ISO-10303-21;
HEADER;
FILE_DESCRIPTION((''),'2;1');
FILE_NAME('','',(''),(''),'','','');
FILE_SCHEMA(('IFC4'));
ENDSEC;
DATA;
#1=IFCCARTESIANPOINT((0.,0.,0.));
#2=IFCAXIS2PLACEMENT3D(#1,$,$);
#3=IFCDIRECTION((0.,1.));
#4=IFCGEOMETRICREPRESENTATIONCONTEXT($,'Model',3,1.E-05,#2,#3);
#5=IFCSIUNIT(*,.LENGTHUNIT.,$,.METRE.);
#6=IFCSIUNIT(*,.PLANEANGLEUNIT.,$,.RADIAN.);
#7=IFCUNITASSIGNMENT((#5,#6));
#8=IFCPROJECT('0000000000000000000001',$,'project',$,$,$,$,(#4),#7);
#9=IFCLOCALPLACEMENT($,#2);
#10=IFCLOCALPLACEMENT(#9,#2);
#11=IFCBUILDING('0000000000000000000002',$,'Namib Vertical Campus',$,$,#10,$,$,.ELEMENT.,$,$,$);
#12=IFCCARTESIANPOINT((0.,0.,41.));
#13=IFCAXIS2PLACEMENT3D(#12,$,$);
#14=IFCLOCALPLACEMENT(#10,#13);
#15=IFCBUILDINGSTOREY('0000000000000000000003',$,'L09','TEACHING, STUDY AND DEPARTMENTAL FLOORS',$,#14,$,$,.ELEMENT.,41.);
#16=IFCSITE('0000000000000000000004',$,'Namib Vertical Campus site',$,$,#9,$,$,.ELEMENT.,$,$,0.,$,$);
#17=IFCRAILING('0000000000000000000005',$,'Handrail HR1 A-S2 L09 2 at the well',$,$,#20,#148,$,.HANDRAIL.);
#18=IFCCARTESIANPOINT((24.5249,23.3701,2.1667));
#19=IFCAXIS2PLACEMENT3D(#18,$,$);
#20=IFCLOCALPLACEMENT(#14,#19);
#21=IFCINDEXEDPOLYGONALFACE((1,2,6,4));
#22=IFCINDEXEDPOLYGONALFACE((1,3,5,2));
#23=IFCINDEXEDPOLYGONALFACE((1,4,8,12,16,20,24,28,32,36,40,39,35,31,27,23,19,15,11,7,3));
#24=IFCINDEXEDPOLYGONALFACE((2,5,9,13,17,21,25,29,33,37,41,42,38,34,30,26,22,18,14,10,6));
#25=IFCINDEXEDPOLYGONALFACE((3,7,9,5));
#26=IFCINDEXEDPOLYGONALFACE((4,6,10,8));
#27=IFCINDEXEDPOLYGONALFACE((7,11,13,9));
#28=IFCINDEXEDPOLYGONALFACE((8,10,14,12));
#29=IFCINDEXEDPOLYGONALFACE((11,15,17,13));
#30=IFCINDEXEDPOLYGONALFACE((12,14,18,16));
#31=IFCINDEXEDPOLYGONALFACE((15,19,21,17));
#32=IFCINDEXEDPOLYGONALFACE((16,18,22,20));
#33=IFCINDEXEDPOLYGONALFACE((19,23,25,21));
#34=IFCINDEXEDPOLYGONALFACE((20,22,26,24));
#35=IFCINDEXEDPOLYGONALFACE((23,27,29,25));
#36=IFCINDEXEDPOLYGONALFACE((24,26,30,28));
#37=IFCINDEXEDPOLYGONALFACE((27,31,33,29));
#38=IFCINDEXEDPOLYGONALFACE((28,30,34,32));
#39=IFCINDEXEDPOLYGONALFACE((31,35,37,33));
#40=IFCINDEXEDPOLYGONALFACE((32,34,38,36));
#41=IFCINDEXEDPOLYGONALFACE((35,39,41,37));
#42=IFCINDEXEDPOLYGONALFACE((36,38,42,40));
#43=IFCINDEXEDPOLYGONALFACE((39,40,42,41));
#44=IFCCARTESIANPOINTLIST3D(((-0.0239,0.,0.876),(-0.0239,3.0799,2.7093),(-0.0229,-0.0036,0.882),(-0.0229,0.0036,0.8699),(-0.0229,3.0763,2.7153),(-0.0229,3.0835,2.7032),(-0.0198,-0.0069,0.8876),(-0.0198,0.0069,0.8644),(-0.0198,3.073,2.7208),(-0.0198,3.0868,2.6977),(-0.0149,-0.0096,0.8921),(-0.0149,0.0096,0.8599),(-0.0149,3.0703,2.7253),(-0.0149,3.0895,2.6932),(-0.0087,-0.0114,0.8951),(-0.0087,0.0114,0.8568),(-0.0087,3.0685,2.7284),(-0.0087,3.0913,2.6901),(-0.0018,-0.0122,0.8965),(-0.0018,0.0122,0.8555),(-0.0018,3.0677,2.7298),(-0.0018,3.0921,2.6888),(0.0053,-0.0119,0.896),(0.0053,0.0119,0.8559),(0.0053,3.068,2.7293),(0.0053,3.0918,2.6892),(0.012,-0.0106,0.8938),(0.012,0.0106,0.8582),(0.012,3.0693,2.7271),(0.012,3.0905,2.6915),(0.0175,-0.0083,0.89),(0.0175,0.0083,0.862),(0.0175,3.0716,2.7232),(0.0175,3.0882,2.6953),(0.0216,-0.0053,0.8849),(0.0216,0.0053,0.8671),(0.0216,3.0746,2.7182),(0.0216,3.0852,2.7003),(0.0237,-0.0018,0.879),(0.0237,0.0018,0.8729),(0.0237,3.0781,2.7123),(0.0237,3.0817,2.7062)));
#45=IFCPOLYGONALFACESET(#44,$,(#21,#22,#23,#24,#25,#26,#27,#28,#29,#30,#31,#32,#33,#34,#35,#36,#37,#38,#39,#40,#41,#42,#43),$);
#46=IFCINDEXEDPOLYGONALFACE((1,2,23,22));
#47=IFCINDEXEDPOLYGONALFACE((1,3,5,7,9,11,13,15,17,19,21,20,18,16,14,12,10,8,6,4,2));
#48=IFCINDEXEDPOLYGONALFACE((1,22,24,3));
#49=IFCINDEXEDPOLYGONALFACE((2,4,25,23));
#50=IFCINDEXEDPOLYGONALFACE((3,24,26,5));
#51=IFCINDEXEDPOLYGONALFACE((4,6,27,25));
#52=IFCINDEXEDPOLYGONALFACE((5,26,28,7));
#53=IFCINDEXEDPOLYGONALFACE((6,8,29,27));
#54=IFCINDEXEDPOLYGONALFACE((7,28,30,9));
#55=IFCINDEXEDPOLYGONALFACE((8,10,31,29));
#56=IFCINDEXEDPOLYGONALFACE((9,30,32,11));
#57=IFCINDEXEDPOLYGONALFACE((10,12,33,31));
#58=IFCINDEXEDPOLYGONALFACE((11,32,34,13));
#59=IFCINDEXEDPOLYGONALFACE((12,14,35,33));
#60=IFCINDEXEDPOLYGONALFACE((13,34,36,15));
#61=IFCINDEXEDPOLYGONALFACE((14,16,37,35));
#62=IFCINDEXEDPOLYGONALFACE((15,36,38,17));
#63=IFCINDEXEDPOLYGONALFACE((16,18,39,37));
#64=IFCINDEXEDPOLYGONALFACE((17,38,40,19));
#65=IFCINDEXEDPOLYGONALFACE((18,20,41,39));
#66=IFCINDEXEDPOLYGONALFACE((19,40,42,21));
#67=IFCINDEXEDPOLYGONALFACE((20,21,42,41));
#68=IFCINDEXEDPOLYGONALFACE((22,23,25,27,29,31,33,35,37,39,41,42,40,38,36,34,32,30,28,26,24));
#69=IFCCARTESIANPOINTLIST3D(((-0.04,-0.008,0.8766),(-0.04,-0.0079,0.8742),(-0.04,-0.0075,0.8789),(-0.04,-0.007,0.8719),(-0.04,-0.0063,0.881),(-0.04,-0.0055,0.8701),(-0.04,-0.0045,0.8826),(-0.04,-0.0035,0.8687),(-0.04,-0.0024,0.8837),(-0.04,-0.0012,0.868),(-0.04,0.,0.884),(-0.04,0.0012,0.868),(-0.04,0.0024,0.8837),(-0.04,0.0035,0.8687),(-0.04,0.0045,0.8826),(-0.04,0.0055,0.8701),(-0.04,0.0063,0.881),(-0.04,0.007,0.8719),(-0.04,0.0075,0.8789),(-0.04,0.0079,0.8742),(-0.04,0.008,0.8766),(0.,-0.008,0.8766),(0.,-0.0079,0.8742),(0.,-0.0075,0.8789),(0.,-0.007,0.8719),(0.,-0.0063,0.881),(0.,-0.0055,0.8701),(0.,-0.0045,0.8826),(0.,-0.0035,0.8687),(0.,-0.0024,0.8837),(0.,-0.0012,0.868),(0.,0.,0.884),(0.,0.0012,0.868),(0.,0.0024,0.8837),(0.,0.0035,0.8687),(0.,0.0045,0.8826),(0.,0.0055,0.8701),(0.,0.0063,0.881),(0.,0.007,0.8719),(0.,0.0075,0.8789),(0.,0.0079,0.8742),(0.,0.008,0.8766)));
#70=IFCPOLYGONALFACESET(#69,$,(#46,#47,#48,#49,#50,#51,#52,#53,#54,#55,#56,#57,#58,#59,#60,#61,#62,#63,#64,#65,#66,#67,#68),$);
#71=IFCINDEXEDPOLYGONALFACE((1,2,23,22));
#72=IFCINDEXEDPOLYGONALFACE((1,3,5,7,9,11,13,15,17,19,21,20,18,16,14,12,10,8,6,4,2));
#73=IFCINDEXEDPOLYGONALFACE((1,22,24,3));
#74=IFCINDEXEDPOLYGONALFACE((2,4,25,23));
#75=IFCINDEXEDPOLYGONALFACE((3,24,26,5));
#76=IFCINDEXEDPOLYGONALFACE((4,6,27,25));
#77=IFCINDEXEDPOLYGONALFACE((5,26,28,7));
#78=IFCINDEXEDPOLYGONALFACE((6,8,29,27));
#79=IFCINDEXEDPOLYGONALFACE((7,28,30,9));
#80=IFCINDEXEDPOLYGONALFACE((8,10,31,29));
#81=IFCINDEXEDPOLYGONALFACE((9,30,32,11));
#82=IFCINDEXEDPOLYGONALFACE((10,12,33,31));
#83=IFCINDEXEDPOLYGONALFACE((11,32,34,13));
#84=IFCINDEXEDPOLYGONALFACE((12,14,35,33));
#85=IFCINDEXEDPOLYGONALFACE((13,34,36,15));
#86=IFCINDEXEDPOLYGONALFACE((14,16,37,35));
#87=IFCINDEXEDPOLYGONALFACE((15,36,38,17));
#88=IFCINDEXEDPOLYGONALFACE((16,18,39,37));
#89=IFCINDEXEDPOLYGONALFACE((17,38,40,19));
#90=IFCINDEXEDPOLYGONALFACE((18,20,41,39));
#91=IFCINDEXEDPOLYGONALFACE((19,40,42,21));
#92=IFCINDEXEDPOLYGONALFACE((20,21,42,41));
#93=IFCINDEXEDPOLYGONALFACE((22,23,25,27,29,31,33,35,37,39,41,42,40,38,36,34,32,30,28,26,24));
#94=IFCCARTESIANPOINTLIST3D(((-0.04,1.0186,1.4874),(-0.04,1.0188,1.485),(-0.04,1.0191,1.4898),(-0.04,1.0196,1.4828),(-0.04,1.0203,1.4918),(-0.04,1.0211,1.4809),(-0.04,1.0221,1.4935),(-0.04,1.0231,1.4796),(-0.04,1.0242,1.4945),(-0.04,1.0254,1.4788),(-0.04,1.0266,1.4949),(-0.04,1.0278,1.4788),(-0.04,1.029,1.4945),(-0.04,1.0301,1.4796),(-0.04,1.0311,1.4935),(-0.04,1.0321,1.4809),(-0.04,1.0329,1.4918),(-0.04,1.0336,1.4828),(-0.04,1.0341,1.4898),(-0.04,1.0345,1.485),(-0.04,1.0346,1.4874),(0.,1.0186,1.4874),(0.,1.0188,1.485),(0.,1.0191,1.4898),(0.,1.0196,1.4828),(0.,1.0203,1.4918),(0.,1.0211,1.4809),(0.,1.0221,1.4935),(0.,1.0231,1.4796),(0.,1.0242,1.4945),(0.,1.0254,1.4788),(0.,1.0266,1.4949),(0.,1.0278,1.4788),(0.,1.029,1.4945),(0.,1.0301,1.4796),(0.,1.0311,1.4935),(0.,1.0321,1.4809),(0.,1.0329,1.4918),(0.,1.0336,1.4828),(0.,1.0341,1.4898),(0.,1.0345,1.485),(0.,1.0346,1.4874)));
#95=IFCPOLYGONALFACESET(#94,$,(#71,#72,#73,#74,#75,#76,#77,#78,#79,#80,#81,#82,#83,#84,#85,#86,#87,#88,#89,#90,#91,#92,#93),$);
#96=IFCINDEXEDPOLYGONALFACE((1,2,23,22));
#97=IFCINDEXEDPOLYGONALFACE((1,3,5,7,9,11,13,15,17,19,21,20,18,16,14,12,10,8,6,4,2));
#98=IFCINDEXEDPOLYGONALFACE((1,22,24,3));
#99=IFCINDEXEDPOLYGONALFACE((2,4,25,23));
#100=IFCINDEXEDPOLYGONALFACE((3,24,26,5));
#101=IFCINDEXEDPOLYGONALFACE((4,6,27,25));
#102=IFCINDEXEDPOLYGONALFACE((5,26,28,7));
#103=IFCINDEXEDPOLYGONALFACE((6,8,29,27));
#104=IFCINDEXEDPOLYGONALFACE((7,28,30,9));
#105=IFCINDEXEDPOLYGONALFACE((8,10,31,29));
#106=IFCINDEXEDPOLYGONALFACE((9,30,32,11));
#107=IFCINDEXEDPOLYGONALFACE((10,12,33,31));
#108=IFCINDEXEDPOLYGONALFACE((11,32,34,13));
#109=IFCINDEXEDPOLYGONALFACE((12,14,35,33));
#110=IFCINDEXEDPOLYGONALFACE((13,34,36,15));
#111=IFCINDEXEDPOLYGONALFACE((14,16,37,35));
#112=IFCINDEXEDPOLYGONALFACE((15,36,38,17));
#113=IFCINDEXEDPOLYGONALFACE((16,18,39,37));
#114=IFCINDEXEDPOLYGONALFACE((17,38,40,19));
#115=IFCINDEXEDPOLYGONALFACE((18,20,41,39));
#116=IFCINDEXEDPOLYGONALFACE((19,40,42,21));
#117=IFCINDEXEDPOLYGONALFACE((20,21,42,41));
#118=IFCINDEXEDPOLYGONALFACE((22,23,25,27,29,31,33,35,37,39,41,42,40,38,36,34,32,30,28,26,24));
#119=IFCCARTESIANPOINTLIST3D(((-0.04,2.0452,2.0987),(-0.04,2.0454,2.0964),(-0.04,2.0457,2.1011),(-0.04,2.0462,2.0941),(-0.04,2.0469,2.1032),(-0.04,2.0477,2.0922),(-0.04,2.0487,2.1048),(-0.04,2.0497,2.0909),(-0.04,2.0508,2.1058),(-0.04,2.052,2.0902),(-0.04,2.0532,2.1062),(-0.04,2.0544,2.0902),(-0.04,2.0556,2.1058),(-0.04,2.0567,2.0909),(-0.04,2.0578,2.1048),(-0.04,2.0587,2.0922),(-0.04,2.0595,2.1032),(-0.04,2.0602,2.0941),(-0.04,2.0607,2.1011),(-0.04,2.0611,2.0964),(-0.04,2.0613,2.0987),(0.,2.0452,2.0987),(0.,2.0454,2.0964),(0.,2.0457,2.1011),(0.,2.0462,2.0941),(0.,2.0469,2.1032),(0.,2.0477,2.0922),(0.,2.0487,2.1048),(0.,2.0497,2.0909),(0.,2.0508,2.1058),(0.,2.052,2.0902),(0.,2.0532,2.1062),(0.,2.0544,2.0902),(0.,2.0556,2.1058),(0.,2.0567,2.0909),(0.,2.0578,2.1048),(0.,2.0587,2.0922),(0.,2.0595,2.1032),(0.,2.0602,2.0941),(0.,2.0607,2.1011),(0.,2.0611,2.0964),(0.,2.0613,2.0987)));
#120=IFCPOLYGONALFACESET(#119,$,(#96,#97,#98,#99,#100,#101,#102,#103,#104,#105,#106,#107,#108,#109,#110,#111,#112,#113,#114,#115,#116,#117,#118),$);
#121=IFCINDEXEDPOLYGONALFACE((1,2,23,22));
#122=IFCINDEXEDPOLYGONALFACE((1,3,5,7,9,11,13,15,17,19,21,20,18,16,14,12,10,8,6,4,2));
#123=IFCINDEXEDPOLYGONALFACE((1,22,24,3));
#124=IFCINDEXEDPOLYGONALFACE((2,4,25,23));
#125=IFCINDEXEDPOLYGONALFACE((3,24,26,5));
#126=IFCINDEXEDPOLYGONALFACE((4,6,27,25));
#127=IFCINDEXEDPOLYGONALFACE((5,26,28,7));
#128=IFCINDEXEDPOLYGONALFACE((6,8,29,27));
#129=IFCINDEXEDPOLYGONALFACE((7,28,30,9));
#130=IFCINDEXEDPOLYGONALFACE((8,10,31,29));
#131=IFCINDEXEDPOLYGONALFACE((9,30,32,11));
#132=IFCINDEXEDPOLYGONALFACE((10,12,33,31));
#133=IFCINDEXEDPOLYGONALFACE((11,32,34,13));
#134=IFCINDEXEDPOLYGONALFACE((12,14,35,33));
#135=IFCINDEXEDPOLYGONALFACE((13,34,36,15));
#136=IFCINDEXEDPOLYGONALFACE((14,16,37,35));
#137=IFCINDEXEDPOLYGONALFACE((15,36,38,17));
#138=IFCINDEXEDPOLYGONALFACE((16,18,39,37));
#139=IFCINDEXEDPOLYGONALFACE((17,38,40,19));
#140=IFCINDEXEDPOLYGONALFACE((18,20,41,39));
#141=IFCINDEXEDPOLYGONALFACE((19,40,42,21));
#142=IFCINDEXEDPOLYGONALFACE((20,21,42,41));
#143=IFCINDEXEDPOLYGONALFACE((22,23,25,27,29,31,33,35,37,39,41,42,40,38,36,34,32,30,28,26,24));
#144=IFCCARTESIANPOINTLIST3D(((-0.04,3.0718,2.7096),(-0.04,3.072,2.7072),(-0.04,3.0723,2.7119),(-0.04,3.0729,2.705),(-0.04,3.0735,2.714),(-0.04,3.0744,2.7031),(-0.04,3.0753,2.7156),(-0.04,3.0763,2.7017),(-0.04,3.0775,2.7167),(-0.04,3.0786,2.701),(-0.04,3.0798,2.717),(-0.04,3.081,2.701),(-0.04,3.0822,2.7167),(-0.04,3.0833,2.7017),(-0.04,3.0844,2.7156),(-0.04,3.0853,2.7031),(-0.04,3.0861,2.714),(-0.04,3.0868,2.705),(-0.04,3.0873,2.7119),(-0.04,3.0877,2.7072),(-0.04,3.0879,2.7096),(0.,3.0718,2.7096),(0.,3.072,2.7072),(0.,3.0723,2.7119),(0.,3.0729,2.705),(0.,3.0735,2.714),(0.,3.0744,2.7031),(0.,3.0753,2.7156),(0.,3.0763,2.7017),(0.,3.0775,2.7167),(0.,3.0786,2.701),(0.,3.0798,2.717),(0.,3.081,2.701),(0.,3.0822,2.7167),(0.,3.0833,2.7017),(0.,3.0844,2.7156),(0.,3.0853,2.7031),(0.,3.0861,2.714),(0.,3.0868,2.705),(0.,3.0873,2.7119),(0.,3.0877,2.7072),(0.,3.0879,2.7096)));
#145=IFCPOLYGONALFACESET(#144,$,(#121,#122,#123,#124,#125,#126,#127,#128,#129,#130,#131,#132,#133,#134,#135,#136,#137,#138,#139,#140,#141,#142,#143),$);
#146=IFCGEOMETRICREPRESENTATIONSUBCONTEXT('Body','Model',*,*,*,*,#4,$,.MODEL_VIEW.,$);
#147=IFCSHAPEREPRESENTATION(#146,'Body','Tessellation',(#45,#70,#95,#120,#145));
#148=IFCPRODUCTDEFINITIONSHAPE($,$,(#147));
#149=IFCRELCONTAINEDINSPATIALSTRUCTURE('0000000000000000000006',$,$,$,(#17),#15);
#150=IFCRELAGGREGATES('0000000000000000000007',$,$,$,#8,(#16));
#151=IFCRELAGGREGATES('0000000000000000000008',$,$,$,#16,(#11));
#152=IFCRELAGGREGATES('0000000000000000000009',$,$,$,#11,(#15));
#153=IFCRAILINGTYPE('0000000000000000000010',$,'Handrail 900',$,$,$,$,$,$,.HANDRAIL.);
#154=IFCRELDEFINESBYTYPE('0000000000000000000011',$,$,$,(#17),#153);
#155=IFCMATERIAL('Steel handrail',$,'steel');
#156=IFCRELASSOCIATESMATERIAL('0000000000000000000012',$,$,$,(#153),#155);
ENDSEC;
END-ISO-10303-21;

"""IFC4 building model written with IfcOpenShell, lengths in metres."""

from ifc_helpers import new_model, si_unit, direction, frame, origin, origin_2d, place, context, subcontext, project, spatial, circle, extrude, material, type_object, element, save


model = new_model("IFC4")

# Units and contexts
model_context = context("Model", 3, precision=1e-05, world=origin(), true_north=direction((0.0, 1.0)))
body_context = subcontext(model_context, "Body", "Model", "MODEL_VIEW")
ifc_project = project(units=[si_unit("LENGTHUNIT", "METRE"), si_unit("PLANEANGLEUNIT", "RADIAN")], contexts=[model_context])

# Site, building, storey
site_placement = place(None, origin())
site = spatial("IfcSite", under=ifc_project, at=site_placement, Name="Namib Vertical Campus site", CompositionType="ELEMENT", RefElevation=0.0)
building_placement = place(site_placement, origin())
building = spatial("IfcBuilding", under=site, at=building_placement, Name="Namib Vertical Campus", CompositionType="ELEMENT")
storey_placement = place(building_placement, frame((0.0, 0.0, 41.0)))
storey = spatial("IfcBuildingStorey", under=building, at=storey_placement, Name="L09", Description="TEACHING, STUDY AND DEPARTMENTAL FLOORS", CompositionType="ELEMENT", Elevation=41.0)

# Railing
ifc_material_1 = material(Name="Steel handrail", Category="steel")
railing_type_1 = type_object("IfcRailingType", Name="Handrail 900", PredefinedType="HANDRAIL", material=ifc_material_1)
railing_1_placement = place(storey_placement, frame((24.5249, 23.3701, 2.1667)))
element("IfcRailing", 1, at=railing_1_placement, inside=storey, type_object=railing_type_1, Name="Handrail HR1 A-S2 L09 2 at the well", PredefinedType="HANDRAIL", context=body_context, shape_type="SweptSolid", body=[
    extrude(circle(Radius=0.0239, at=origin_2d()), frame((0.0, 0.0, 0.876), z_axis=(0.0, 0.859291, 0.511487), x_axis=(-1.0, 0.0, 0.0)), (0.0, 0.0, 1.0), 3.5842),
    extrude(circle(Radius=0.0081, at=origin_2d()), frame((0.0, 0.0, 0.876), z_axis=(-1.0, 0.0, 0.0), x_axis=(0.0, 0.0, 1.0)), (0.0, 0.0, 1.0), 0.04),
    extrude(circle(Radius=0.0081, at=origin_2d()), frame((0.0, 1.0266, 1.4868), z_axis=(-1.0, 0.0, 0.0), x_axis=(0.0, 0.0, 1.0)), (0.0, 0.0, 1.0), 0.04),
    extrude(circle(Radius=0.0081, at=origin_2d()), frame((0.0, 2.0532, 2.0981), z_axis=(-1.0, 0.0, 0.0), x_axis=(0.0, 0.0, 1.0)), (0.0, 0.0, 1.0), 0.04),
    extrude(circle(Radius=0.0081, at=origin_2d()), frame((0.0, 3.0798, 2.709), z_axis=(-1.0, 0.0, 0.0), x_axis=(0.0, 0.0, 1.0)), (0.0, 0.0, 1.0), 0.04),
])

save(model, "model.ifc")
